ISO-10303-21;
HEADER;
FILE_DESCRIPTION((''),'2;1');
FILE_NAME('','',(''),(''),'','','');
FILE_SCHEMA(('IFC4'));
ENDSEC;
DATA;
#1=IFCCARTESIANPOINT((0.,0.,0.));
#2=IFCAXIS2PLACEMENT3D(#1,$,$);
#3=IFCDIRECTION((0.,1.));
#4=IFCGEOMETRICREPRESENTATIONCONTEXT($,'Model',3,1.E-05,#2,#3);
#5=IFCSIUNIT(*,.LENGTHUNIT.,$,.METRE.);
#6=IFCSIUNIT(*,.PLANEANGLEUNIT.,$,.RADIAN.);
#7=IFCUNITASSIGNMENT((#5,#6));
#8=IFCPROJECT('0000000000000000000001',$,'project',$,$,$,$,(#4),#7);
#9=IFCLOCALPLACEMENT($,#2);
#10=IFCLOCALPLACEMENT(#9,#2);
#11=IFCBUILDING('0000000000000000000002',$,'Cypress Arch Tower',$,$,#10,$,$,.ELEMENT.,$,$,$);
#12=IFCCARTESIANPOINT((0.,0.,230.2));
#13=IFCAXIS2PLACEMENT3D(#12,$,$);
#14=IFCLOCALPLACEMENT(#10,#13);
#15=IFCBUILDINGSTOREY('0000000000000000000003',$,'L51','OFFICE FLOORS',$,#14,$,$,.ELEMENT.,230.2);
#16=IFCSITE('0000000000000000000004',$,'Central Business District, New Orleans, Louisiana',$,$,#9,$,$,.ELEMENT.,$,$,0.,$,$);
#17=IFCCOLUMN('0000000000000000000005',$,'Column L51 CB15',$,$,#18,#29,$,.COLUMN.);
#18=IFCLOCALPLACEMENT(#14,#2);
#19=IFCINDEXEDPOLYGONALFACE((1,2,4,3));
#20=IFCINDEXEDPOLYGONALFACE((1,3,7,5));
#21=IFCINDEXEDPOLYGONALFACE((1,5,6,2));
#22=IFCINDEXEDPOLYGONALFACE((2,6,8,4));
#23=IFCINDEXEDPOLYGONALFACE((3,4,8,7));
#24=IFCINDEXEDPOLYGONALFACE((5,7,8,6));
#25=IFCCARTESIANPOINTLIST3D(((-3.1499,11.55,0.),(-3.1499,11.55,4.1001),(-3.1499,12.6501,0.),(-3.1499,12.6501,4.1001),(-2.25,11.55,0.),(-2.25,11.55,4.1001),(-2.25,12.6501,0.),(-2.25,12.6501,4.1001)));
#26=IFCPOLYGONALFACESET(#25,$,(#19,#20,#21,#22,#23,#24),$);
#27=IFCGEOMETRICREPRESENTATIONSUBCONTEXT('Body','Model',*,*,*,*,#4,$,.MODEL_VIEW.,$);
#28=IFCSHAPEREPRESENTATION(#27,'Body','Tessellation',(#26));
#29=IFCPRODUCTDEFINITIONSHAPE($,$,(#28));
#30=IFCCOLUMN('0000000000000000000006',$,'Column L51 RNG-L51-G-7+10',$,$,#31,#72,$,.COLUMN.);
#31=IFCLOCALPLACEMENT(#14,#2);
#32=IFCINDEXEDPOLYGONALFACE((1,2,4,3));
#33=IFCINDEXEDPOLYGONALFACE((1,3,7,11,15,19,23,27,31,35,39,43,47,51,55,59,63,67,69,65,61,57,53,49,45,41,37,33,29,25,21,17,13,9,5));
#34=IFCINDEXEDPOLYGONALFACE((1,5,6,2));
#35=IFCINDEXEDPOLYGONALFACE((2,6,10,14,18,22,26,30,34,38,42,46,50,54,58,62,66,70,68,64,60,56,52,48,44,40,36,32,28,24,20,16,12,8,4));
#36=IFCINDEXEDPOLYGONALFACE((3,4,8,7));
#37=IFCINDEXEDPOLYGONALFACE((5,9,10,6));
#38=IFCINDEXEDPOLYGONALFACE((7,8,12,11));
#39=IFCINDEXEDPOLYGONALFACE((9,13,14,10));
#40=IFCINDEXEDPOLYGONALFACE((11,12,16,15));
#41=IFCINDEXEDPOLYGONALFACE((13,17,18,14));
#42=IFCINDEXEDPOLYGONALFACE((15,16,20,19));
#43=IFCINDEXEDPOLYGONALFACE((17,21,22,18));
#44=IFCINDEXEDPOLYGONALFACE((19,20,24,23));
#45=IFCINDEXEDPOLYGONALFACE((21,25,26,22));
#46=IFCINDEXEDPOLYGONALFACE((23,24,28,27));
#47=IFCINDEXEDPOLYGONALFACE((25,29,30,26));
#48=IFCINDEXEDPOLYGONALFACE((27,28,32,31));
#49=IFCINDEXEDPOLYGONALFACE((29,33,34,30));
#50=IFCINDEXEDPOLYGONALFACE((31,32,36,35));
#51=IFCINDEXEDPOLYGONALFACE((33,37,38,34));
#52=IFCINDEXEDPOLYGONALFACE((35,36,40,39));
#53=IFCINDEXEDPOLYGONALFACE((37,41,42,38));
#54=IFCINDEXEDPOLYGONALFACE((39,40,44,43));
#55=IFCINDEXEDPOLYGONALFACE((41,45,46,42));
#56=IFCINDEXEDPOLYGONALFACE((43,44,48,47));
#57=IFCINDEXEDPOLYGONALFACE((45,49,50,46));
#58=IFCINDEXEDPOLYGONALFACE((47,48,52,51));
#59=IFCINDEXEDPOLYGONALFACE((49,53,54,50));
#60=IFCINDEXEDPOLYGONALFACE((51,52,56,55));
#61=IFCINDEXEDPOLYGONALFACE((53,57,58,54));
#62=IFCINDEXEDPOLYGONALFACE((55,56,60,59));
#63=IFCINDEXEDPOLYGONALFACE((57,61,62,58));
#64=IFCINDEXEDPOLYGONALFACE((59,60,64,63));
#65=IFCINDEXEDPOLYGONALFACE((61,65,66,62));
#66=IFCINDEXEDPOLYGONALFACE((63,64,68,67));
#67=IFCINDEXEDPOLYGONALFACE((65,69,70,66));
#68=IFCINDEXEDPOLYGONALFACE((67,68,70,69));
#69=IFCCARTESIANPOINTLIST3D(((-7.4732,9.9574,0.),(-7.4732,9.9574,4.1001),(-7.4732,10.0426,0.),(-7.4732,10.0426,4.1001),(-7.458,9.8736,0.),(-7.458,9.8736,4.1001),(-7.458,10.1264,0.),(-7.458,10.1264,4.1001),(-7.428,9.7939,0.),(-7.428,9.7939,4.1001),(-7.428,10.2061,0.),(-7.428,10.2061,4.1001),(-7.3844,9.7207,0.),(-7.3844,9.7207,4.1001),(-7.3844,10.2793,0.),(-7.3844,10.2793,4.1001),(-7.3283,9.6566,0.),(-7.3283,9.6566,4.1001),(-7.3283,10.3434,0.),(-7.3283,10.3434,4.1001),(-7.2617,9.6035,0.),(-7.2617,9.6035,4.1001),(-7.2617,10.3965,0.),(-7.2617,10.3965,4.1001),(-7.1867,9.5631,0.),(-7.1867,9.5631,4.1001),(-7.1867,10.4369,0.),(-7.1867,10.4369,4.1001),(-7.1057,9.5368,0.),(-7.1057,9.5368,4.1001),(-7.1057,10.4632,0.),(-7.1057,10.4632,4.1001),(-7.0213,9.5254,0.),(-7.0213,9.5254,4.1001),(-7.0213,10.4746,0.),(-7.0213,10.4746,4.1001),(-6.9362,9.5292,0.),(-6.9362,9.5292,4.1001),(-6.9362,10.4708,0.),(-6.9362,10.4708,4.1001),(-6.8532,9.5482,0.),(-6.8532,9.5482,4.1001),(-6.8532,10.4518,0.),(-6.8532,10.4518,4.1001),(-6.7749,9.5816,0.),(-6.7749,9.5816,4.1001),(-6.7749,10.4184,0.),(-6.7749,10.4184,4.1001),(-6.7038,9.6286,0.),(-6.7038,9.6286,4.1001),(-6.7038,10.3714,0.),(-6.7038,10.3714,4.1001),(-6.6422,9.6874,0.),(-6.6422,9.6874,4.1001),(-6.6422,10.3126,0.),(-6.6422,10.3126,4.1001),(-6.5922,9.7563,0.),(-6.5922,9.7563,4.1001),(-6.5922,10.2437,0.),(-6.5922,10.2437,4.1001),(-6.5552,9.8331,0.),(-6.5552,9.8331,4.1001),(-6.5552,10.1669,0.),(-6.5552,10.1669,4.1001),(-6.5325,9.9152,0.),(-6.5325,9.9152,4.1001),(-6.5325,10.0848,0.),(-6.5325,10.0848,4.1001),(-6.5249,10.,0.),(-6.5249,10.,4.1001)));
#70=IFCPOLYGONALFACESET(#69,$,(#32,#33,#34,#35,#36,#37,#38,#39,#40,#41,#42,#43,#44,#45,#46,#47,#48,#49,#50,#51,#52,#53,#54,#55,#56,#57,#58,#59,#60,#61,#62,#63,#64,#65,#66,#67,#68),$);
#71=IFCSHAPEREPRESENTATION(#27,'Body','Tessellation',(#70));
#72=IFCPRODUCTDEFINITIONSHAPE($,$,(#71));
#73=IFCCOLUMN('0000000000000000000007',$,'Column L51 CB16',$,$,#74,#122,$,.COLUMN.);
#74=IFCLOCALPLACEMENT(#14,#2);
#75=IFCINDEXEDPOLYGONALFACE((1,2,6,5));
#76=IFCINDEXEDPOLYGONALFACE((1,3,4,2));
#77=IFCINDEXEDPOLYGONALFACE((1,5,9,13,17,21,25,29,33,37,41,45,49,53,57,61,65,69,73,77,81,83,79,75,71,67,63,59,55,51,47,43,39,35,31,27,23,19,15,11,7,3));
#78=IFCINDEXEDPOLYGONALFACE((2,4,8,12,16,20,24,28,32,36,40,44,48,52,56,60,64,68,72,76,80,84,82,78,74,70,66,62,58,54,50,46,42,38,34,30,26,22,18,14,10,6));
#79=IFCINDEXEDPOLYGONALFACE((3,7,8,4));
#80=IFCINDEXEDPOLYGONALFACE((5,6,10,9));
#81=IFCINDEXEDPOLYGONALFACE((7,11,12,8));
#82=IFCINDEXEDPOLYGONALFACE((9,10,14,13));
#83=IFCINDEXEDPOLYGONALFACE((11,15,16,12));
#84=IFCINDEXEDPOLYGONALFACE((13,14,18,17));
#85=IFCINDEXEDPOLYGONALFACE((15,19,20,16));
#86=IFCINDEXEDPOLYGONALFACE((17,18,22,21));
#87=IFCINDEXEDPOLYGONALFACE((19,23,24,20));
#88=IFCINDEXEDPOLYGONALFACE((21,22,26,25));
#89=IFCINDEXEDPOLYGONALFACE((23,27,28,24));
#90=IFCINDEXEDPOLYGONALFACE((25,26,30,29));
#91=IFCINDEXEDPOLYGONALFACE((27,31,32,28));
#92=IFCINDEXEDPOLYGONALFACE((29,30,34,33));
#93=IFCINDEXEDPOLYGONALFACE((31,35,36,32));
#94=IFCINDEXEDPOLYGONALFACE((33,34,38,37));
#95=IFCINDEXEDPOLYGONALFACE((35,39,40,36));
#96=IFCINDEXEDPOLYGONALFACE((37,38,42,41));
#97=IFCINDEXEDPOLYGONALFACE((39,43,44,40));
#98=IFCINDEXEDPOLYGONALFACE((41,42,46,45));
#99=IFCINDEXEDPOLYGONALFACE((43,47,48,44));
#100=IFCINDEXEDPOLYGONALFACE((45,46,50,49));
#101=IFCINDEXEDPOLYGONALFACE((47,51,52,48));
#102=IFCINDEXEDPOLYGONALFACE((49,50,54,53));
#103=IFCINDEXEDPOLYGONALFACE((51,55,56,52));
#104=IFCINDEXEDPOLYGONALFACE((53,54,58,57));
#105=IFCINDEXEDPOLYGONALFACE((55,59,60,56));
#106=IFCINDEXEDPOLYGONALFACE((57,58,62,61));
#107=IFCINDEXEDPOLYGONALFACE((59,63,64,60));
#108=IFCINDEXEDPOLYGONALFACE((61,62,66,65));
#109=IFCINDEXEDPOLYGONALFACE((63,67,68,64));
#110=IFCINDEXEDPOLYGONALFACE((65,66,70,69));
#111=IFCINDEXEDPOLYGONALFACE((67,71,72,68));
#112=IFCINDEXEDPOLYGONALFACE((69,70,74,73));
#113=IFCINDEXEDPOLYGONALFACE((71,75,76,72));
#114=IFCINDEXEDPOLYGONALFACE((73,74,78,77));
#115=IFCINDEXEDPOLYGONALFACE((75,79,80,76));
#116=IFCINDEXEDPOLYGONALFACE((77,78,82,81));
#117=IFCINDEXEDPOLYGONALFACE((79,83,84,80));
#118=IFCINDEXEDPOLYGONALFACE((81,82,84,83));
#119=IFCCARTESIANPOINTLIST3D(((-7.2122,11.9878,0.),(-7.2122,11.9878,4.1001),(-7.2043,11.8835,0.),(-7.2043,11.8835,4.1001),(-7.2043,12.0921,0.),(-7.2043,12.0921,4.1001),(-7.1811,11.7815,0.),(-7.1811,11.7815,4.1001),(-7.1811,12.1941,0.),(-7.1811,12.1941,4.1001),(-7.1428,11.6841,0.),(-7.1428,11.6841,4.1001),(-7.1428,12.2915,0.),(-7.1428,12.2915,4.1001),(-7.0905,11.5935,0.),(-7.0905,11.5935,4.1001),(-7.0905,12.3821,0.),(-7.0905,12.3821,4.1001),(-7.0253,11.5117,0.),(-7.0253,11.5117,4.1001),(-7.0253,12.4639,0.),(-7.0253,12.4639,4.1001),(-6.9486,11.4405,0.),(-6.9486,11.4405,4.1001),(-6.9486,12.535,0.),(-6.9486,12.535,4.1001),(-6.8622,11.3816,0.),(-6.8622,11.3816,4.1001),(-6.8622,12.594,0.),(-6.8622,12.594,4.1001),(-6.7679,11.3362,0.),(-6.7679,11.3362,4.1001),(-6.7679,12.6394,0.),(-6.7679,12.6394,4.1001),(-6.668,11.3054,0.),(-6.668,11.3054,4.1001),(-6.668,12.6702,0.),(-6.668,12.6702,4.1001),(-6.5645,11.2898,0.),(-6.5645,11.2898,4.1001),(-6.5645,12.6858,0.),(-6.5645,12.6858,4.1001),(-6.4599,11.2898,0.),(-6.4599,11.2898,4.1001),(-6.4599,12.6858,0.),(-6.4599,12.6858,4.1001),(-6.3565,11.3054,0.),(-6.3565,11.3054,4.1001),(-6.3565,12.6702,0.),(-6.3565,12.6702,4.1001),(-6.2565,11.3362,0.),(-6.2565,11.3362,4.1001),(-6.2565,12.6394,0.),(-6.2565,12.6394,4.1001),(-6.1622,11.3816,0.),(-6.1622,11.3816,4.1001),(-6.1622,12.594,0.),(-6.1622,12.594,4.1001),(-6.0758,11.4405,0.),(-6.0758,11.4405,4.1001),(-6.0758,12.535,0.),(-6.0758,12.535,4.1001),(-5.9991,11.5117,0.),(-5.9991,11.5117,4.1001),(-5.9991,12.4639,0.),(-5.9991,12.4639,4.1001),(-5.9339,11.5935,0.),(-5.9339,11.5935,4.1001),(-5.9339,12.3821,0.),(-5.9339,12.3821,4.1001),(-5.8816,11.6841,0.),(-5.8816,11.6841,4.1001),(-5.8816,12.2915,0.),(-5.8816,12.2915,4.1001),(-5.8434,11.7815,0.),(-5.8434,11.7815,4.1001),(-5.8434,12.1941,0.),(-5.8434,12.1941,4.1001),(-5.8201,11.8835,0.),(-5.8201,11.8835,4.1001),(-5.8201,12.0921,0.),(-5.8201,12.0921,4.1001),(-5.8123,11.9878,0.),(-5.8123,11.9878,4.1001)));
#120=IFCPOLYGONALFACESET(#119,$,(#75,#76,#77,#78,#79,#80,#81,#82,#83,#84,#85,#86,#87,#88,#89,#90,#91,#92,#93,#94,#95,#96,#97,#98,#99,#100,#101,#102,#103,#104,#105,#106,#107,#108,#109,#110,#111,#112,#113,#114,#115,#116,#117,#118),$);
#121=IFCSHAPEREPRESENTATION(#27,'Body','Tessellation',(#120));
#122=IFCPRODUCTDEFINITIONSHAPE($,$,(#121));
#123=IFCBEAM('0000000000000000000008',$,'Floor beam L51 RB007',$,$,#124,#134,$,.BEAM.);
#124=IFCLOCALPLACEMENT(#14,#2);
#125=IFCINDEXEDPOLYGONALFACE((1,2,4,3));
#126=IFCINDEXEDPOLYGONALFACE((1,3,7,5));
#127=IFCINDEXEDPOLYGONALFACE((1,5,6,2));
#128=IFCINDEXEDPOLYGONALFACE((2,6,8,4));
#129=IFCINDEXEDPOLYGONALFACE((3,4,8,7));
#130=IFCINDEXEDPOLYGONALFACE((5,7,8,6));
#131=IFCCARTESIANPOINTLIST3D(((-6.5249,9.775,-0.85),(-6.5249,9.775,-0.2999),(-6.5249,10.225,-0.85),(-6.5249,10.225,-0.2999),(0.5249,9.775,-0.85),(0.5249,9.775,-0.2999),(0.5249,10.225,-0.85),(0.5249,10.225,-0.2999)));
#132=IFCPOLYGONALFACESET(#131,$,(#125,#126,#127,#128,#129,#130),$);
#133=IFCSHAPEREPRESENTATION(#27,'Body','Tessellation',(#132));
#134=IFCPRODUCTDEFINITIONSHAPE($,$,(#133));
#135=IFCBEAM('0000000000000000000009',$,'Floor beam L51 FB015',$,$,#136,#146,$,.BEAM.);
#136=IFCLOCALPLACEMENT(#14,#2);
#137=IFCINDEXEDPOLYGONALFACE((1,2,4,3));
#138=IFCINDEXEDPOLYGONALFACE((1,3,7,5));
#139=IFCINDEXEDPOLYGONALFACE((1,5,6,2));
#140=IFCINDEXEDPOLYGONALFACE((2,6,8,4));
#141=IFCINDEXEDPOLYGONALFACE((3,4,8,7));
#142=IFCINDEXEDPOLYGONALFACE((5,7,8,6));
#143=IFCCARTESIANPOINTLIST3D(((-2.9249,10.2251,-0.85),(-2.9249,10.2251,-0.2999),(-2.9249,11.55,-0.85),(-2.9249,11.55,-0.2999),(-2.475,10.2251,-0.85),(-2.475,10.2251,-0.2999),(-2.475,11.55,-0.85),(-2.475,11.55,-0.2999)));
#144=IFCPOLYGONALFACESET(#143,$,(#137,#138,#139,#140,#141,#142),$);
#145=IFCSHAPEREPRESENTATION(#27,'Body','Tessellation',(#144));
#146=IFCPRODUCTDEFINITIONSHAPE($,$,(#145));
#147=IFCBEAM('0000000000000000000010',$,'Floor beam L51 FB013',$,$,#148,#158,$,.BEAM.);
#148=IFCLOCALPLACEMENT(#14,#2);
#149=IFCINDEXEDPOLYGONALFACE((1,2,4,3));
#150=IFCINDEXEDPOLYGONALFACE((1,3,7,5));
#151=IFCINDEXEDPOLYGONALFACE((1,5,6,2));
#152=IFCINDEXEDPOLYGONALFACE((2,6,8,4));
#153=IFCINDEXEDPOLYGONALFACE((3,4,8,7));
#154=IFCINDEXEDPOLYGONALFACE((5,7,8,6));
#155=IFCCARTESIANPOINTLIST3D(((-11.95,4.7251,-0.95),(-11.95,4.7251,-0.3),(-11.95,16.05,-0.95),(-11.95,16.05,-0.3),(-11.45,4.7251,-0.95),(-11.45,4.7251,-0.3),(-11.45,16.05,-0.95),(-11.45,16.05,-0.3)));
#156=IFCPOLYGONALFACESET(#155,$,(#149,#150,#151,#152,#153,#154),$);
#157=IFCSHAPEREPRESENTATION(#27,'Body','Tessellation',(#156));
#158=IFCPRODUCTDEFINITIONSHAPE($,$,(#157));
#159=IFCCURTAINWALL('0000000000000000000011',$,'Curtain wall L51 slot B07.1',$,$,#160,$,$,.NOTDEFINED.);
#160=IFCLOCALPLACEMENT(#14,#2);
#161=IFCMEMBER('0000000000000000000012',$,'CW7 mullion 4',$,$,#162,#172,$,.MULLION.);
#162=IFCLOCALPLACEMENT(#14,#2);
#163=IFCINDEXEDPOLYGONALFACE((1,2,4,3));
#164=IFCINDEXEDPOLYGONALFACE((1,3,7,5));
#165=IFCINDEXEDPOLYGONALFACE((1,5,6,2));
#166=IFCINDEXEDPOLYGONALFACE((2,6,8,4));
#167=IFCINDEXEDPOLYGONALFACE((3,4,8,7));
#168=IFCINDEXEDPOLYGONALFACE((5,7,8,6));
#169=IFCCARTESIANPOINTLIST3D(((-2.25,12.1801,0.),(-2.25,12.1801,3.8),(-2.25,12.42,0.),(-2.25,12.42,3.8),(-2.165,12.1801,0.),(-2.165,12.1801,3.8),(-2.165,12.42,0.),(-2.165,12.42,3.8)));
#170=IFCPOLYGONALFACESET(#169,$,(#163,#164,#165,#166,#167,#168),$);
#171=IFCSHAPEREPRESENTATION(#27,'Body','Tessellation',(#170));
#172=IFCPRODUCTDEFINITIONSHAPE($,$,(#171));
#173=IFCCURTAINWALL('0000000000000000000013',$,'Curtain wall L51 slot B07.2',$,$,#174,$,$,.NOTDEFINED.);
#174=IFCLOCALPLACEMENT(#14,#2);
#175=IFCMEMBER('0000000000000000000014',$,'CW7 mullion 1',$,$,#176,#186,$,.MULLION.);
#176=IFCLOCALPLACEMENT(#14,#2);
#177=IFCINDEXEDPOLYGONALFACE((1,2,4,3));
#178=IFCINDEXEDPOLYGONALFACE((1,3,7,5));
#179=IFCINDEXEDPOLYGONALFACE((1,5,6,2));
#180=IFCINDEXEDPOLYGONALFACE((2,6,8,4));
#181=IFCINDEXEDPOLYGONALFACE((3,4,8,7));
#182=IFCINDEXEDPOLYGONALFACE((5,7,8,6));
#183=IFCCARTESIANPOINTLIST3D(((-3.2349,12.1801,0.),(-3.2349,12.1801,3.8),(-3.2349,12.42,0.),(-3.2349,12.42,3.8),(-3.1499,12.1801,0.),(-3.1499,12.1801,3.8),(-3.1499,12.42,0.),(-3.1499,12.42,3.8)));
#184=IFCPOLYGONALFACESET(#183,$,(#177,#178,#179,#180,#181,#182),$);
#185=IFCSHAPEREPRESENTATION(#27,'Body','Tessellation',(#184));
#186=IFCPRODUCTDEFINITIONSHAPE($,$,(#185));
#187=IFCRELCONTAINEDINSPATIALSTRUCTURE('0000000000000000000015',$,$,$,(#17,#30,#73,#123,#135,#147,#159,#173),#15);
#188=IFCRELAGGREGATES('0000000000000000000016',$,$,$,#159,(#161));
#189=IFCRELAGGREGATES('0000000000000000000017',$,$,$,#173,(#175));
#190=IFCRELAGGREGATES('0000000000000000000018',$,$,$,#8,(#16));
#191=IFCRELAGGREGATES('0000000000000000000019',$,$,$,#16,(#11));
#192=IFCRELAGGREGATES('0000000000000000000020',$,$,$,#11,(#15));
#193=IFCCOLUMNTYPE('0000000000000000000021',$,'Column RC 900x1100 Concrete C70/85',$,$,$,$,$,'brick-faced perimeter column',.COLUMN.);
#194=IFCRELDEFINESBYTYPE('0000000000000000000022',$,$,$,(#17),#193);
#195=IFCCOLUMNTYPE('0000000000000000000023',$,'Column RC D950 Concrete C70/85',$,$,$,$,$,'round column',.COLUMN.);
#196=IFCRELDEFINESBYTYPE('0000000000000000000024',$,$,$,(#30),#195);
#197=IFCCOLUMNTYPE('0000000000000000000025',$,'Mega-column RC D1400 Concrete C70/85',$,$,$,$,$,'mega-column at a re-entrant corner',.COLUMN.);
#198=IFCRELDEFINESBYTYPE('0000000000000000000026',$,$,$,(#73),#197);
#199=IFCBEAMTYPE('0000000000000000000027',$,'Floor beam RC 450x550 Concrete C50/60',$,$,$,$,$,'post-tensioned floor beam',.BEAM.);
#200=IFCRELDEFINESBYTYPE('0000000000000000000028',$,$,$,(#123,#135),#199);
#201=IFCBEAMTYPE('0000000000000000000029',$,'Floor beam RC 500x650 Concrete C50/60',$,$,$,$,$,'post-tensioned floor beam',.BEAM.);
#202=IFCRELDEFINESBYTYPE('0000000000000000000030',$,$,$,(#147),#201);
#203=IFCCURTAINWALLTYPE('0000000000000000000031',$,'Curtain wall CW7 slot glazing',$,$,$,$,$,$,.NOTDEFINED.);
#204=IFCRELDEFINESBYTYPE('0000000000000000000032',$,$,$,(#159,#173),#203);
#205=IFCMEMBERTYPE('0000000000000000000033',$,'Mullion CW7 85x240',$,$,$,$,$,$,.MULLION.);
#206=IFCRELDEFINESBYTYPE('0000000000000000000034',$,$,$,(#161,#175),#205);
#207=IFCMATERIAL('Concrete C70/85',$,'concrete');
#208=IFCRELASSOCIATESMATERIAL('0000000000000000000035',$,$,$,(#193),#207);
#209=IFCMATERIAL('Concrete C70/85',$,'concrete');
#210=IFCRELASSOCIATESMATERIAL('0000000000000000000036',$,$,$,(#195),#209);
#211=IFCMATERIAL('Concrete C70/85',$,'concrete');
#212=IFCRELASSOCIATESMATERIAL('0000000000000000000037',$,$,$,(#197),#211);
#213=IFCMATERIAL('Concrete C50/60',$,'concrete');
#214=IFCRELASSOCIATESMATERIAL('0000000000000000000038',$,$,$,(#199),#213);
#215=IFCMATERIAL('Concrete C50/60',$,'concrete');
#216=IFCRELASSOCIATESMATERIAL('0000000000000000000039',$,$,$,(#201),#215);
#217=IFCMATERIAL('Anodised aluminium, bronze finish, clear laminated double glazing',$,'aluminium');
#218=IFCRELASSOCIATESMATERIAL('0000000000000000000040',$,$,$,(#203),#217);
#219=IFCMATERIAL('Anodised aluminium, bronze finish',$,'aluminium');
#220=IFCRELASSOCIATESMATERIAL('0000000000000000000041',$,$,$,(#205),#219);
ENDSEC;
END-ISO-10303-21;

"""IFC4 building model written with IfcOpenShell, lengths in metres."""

from ifc_helpers import new_model, si_unit, direction, frame, origin, origin_2d, place, context, subcontext, project, spatial, rectangle, circle, extrude, material, material_profile, profile_set, type_object, element, aggregate, save


model = new_model("IFC4")

# Units and contexts
model_context = context("Model", 3, precision=1e-05, world=origin(), true_north=direction((0.0, 1.0)))
body_context = subcontext(model_context, "Body", "Model", "MODEL_VIEW")
ifc_project = project(units=[si_unit("LENGTHUNIT", "METRE"), si_unit("PLANEANGLEUNIT", "RADIAN")], contexts=[model_context])

# Site, building, storey
site_placement = place(None, origin())
site = spatial("IfcSite", under=ifc_project, at=site_placement, Name="Central Business District, New Orleans, Louisiana", CompositionType="ELEMENT", RefElevation=0.0)
building_placement = place(site_placement, origin())
building = spatial("IfcBuilding", under=site, at=building_placement, Name="Cypress Arch Tower", CompositionType="ELEMENT")
storey_placement = place(building_placement, frame((0.0, 0.0, 230.2)))
storey = spatial("IfcBuildingStorey", under=building, at=storey_placement, Name="L51", Description="OFFICE FLOORS", CompositionType="ELEMENT", Elevation=230.2)

# Columns
ifc_material_1 = material(Name="Concrete C70/85", Category="concrete")
ifc_material_profile_1 = material_profile(ifc_material_1, rectangle(XDim=0.8999, YDim=1.1001, at=origin_2d()), Name="RC 900x1100")
ifc_profile_set_1 = profile_set([ifc_material_profile_1], Name="Concrete C70/85")
column_type_1 = type_object("IfcColumnType", Name="Column RC 900x1100 Concrete C70/85", ElementType="brick-faced perimeter column", PredefinedType="COLUMN", material=ifc_profile_set_1)
column_1_placement = place(storey_placement, frame((-2.7, 12.1001, 0.0), z_axis=(0.0, 0.0, 1.0), x_axis=(-1.0, 0.0, 0.0)))
element("IfcColumn", 1, at=column_1_placement, inside=storey, type_object=column_type_1, Name="Column L51 CB15", PredefinedType="COLUMN", context=body_context, shape_type="SweptSolid", body=[
    extrude(rectangle(XDim=0.8999, YDim=1.1001, at=origin_2d()), origin(), (0.0, 0.0, 1.0), 4.1001),
])
ifc_material_2 = material(Name="Concrete C70/85", Category="concrete")
ifc_material_profile_2 = material_profile(ifc_material_2, circle(Radius=0.4751, at=origin_2d()), Name="RC D950")
ifc_profile_set_2 = profile_set([ifc_material_profile_2], Name="Concrete C70/85")
column_type_2 = type_object("IfcColumnType", Name="Column RC D950 Concrete C70/85", ElementType="round column", PredefinedType="COLUMN", material=ifc_profile_set_2)
column_2_placement = place(storey_placement, frame((-7.0, 10.0, 0.0), z_axis=(0.0, 0.0, 1.0), x_axis=(1.0, 0.0, 0.0)))
element("IfcColumn", 2, at=column_2_placement, inside=storey, type_object=column_type_2, Name="Column L51 RNG-L51-G-7+10", PredefinedType="COLUMN", context=body_context, shape_type="SweptSolid", body=[
    extrude(circle(Radius=0.4751, at=origin_2d()), origin(), (0.0, 0.0, 1.0), 4.1001),
])
ifc_material_3 = material(Name="Concrete C70/85", Category="concrete")
ifc_material_profile_3 = material_profile(ifc_material_3, circle(Radius=0.7, at=origin_2d()), Name="RC D1400")
ifc_profile_set_3 = profile_set([ifc_material_profile_3], Name="Concrete C70/85")
column_type_3 = type_object("IfcColumnType", Name="Mega-column RC D1400 Concrete C70/85", ElementType="mega-column at a re-entrant corner", PredefinedType="COLUMN", material=ifc_profile_set_3)
column_3_placement = place(storey_placement, frame((-6.5122, 11.9878, 0.0), z_axis=(0.0, 0.0, 1.0), x_axis=(1.0, 0.0, 0.0)))
element("IfcColumn", 3, at=column_3_placement, inside=storey, type_object=column_type_3, Name="Column L51 CB16", PredefinedType="COLUMN", context=body_context, shape_type="SweptSolid", body=[
    extrude(circle(Radius=0.7, at=origin_2d()), origin(), (0.0, 0.0, 1.0), 4.1001),
])

# Beams
ifc_material_4 = material(Name="Concrete C50/60", Category="concrete")
ifc_material_profile_4 = material_profile(ifc_material_4, rectangle(XDim=0.45, YDim=0.55, at=origin_2d()), Name="RC 450x550")
ifc_profile_set_4 = profile_set([ifc_material_profile_4], Name="Concrete C50/60")
beam_type_1 = type_object("IfcBeamType", Name="Floor beam RC 450x550 Concrete C50/60", ElementType="post-tensioned floor beam", PredefinedType="BEAM", material=ifc_profile_set_4)
beam_1_placement = place(storey_placement, frame((-6.5249, 10.0, -0.575), z_axis=(1.0, 0.0, 0.0), x_axis=(0.0, 1.0, 0.0)))
element("IfcBeam", 4, at=beam_1_placement, inside=storey, type_object=beam_type_1, Name="Floor beam L51 RB007", PredefinedType="BEAM", context=body_context, shape_type="SweptSolid", body=[
    extrude(rectangle(XDim=0.45, YDim=0.55, at=origin_2d()), origin(), (0.0, 0.0, 1.0), 7.0498),
])
beam_2_placement = place(storey_placement, frame((-2.7, 10.2251, -0.575), z_axis=(0.0, 1.0, 0.0), x_axis=(-1.0, 0.0, 0.0)))
element("IfcBeam", 5, at=beam_2_placement, inside=storey, type_object=beam_type_1, Name="Floor beam L51 FB015", PredefinedType="BEAM", context=body_context, shape_type="SweptSolid", body=[
    extrude(rectangle(XDim=0.45, YDim=0.55, at=origin_2d()), origin(), (0.0, 0.0, 1.0), 1.325),
])
ifc_material_5 = material(Name="Concrete C50/60", Category="concrete")
ifc_material_profile_5 = material_profile(ifc_material_5, rectangle(XDim=0.5, YDim=0.6499, at=origin_2d()), Name="RC 500x650")
ifc_profile_set_5 = profile_set([ifc_material_profile_5], Name="Concrete C50/60")
beam_type_2 = type_object("IfcBeamType", Name="Floor beam RC 500x650 Concrete C50/60", ElementType="post-tensioned floor beam", PredefinedType="BEAM", material=ifc_profile_set_5)
beam_3_placement = place(storey_placement, frame((-11.7, 4.7251, -0.625), z_axis=(0.0, 1.0, 0.0), x_axis=(-1.0, 0.0, 0.0)))
element("IfcBeam", 6, at=beam_3_placement, inside=storey, type_object=beam_type_2, Name="Floor beam L51 FB013", PredefinedType="BEAM", context=body_context, shape_type="SweptSolid", body=[
    extrude(rectangle(XDim=0.5, YDim=0.6499, at=origin_2d()), origin(), (0.0, 0.0, 1.0), 11.325),
])

# Curtain wall, member
ifc_material_6 = material(Name="Anodised aluminium, bronze finish, clear laminated double glazing", Category="aluminium")
curtain_wall_type = type_object("IfcCurtainWallType", Name="Curtain wall CW7 slot glazing", PredefinedType="NOTDEFINED", material=ifc_material_6)
curtain_wall_1_placement = place(storey_placement, origin())
curtain_wall_1 = element("IfcCurtainWall", 7, at=curtain_wall_1_placement, inside=storey, type_object=curtain_wall_type, Name="Curtain wall L51 slot B07.1", PredefinedType="NOTDEFINED")
ifc_material_7 = material(Name="Anodised aluminium, bronze finish", Category="aluminium")
ifc_material_profile_6 = material_profile(ifc_material_7, rectangle(XDim=0.24, YDim=0.085, at=origin_2d()), Name="Mullion 85x240")
ifc_profile_set_6 = profile_set([ifc_material_profile_6], Name="Anodised aluminium, bronze finish")
member_type_1 = type_object("IfcMemberType", Name="Mullion CW7 85x240", PredefinedType="MULLION", material=ifc_profile_set_6)
member_1_placement = place(storey_placement, frame((-2.2075, 12.3, 0.0), z_axis=(0.0, 0.0, 1.0), x_axis=(0.0, -1.0, 0.0)))
member_1 = element("IfcMember", 8, at=member_1_placement, type_object=member_type_1, Name="CW7 mullion 4", PredefinedType="MULLION", context=body_context, shape_type="SweptSolid", body=[
    extrude(rectangle(XDim=0.24, YDim=0.085, at=origin_2d()), origin(), (0.0, 0.0, 1.0), 3.8),
])
aggregate(curtain_wall_1, [member_1])

# Curtain wall, member
curtain_wall_2_placement = place(storey_placement, origin())
curtain_wall_2 = element("IfcCurtainWall", 9, at=curtain_wall_2_placement, inside=storey, type_object=curtain_wall_type, Name="Curtain wall L51 slot B07.2", PredefinedType="NOTDEFINED")
member_2_placement = place(storey_placement, frame((-3.1924, 12.3, 0.0), z_axis=(0.0, 0.0, 1.0), x_axis=(0.0, -1.0, 0.0)))
member_2 = element("IfcMember", 10, at=member_2_placement, type_object=member_type_1, Name="CW7 mullion 1", PredefinedType="MULLION", context=body_context, shape_type="SweptSolid", body=[
    extrude(rectangle(XDim=0.24, YDim=0.085, at=origin_2d()), origin(), (0.0, 0.0, 1.0), 3.8),
])

aggregate(curtain_wall_2, [member_2])

save(model, "model.ifc")
